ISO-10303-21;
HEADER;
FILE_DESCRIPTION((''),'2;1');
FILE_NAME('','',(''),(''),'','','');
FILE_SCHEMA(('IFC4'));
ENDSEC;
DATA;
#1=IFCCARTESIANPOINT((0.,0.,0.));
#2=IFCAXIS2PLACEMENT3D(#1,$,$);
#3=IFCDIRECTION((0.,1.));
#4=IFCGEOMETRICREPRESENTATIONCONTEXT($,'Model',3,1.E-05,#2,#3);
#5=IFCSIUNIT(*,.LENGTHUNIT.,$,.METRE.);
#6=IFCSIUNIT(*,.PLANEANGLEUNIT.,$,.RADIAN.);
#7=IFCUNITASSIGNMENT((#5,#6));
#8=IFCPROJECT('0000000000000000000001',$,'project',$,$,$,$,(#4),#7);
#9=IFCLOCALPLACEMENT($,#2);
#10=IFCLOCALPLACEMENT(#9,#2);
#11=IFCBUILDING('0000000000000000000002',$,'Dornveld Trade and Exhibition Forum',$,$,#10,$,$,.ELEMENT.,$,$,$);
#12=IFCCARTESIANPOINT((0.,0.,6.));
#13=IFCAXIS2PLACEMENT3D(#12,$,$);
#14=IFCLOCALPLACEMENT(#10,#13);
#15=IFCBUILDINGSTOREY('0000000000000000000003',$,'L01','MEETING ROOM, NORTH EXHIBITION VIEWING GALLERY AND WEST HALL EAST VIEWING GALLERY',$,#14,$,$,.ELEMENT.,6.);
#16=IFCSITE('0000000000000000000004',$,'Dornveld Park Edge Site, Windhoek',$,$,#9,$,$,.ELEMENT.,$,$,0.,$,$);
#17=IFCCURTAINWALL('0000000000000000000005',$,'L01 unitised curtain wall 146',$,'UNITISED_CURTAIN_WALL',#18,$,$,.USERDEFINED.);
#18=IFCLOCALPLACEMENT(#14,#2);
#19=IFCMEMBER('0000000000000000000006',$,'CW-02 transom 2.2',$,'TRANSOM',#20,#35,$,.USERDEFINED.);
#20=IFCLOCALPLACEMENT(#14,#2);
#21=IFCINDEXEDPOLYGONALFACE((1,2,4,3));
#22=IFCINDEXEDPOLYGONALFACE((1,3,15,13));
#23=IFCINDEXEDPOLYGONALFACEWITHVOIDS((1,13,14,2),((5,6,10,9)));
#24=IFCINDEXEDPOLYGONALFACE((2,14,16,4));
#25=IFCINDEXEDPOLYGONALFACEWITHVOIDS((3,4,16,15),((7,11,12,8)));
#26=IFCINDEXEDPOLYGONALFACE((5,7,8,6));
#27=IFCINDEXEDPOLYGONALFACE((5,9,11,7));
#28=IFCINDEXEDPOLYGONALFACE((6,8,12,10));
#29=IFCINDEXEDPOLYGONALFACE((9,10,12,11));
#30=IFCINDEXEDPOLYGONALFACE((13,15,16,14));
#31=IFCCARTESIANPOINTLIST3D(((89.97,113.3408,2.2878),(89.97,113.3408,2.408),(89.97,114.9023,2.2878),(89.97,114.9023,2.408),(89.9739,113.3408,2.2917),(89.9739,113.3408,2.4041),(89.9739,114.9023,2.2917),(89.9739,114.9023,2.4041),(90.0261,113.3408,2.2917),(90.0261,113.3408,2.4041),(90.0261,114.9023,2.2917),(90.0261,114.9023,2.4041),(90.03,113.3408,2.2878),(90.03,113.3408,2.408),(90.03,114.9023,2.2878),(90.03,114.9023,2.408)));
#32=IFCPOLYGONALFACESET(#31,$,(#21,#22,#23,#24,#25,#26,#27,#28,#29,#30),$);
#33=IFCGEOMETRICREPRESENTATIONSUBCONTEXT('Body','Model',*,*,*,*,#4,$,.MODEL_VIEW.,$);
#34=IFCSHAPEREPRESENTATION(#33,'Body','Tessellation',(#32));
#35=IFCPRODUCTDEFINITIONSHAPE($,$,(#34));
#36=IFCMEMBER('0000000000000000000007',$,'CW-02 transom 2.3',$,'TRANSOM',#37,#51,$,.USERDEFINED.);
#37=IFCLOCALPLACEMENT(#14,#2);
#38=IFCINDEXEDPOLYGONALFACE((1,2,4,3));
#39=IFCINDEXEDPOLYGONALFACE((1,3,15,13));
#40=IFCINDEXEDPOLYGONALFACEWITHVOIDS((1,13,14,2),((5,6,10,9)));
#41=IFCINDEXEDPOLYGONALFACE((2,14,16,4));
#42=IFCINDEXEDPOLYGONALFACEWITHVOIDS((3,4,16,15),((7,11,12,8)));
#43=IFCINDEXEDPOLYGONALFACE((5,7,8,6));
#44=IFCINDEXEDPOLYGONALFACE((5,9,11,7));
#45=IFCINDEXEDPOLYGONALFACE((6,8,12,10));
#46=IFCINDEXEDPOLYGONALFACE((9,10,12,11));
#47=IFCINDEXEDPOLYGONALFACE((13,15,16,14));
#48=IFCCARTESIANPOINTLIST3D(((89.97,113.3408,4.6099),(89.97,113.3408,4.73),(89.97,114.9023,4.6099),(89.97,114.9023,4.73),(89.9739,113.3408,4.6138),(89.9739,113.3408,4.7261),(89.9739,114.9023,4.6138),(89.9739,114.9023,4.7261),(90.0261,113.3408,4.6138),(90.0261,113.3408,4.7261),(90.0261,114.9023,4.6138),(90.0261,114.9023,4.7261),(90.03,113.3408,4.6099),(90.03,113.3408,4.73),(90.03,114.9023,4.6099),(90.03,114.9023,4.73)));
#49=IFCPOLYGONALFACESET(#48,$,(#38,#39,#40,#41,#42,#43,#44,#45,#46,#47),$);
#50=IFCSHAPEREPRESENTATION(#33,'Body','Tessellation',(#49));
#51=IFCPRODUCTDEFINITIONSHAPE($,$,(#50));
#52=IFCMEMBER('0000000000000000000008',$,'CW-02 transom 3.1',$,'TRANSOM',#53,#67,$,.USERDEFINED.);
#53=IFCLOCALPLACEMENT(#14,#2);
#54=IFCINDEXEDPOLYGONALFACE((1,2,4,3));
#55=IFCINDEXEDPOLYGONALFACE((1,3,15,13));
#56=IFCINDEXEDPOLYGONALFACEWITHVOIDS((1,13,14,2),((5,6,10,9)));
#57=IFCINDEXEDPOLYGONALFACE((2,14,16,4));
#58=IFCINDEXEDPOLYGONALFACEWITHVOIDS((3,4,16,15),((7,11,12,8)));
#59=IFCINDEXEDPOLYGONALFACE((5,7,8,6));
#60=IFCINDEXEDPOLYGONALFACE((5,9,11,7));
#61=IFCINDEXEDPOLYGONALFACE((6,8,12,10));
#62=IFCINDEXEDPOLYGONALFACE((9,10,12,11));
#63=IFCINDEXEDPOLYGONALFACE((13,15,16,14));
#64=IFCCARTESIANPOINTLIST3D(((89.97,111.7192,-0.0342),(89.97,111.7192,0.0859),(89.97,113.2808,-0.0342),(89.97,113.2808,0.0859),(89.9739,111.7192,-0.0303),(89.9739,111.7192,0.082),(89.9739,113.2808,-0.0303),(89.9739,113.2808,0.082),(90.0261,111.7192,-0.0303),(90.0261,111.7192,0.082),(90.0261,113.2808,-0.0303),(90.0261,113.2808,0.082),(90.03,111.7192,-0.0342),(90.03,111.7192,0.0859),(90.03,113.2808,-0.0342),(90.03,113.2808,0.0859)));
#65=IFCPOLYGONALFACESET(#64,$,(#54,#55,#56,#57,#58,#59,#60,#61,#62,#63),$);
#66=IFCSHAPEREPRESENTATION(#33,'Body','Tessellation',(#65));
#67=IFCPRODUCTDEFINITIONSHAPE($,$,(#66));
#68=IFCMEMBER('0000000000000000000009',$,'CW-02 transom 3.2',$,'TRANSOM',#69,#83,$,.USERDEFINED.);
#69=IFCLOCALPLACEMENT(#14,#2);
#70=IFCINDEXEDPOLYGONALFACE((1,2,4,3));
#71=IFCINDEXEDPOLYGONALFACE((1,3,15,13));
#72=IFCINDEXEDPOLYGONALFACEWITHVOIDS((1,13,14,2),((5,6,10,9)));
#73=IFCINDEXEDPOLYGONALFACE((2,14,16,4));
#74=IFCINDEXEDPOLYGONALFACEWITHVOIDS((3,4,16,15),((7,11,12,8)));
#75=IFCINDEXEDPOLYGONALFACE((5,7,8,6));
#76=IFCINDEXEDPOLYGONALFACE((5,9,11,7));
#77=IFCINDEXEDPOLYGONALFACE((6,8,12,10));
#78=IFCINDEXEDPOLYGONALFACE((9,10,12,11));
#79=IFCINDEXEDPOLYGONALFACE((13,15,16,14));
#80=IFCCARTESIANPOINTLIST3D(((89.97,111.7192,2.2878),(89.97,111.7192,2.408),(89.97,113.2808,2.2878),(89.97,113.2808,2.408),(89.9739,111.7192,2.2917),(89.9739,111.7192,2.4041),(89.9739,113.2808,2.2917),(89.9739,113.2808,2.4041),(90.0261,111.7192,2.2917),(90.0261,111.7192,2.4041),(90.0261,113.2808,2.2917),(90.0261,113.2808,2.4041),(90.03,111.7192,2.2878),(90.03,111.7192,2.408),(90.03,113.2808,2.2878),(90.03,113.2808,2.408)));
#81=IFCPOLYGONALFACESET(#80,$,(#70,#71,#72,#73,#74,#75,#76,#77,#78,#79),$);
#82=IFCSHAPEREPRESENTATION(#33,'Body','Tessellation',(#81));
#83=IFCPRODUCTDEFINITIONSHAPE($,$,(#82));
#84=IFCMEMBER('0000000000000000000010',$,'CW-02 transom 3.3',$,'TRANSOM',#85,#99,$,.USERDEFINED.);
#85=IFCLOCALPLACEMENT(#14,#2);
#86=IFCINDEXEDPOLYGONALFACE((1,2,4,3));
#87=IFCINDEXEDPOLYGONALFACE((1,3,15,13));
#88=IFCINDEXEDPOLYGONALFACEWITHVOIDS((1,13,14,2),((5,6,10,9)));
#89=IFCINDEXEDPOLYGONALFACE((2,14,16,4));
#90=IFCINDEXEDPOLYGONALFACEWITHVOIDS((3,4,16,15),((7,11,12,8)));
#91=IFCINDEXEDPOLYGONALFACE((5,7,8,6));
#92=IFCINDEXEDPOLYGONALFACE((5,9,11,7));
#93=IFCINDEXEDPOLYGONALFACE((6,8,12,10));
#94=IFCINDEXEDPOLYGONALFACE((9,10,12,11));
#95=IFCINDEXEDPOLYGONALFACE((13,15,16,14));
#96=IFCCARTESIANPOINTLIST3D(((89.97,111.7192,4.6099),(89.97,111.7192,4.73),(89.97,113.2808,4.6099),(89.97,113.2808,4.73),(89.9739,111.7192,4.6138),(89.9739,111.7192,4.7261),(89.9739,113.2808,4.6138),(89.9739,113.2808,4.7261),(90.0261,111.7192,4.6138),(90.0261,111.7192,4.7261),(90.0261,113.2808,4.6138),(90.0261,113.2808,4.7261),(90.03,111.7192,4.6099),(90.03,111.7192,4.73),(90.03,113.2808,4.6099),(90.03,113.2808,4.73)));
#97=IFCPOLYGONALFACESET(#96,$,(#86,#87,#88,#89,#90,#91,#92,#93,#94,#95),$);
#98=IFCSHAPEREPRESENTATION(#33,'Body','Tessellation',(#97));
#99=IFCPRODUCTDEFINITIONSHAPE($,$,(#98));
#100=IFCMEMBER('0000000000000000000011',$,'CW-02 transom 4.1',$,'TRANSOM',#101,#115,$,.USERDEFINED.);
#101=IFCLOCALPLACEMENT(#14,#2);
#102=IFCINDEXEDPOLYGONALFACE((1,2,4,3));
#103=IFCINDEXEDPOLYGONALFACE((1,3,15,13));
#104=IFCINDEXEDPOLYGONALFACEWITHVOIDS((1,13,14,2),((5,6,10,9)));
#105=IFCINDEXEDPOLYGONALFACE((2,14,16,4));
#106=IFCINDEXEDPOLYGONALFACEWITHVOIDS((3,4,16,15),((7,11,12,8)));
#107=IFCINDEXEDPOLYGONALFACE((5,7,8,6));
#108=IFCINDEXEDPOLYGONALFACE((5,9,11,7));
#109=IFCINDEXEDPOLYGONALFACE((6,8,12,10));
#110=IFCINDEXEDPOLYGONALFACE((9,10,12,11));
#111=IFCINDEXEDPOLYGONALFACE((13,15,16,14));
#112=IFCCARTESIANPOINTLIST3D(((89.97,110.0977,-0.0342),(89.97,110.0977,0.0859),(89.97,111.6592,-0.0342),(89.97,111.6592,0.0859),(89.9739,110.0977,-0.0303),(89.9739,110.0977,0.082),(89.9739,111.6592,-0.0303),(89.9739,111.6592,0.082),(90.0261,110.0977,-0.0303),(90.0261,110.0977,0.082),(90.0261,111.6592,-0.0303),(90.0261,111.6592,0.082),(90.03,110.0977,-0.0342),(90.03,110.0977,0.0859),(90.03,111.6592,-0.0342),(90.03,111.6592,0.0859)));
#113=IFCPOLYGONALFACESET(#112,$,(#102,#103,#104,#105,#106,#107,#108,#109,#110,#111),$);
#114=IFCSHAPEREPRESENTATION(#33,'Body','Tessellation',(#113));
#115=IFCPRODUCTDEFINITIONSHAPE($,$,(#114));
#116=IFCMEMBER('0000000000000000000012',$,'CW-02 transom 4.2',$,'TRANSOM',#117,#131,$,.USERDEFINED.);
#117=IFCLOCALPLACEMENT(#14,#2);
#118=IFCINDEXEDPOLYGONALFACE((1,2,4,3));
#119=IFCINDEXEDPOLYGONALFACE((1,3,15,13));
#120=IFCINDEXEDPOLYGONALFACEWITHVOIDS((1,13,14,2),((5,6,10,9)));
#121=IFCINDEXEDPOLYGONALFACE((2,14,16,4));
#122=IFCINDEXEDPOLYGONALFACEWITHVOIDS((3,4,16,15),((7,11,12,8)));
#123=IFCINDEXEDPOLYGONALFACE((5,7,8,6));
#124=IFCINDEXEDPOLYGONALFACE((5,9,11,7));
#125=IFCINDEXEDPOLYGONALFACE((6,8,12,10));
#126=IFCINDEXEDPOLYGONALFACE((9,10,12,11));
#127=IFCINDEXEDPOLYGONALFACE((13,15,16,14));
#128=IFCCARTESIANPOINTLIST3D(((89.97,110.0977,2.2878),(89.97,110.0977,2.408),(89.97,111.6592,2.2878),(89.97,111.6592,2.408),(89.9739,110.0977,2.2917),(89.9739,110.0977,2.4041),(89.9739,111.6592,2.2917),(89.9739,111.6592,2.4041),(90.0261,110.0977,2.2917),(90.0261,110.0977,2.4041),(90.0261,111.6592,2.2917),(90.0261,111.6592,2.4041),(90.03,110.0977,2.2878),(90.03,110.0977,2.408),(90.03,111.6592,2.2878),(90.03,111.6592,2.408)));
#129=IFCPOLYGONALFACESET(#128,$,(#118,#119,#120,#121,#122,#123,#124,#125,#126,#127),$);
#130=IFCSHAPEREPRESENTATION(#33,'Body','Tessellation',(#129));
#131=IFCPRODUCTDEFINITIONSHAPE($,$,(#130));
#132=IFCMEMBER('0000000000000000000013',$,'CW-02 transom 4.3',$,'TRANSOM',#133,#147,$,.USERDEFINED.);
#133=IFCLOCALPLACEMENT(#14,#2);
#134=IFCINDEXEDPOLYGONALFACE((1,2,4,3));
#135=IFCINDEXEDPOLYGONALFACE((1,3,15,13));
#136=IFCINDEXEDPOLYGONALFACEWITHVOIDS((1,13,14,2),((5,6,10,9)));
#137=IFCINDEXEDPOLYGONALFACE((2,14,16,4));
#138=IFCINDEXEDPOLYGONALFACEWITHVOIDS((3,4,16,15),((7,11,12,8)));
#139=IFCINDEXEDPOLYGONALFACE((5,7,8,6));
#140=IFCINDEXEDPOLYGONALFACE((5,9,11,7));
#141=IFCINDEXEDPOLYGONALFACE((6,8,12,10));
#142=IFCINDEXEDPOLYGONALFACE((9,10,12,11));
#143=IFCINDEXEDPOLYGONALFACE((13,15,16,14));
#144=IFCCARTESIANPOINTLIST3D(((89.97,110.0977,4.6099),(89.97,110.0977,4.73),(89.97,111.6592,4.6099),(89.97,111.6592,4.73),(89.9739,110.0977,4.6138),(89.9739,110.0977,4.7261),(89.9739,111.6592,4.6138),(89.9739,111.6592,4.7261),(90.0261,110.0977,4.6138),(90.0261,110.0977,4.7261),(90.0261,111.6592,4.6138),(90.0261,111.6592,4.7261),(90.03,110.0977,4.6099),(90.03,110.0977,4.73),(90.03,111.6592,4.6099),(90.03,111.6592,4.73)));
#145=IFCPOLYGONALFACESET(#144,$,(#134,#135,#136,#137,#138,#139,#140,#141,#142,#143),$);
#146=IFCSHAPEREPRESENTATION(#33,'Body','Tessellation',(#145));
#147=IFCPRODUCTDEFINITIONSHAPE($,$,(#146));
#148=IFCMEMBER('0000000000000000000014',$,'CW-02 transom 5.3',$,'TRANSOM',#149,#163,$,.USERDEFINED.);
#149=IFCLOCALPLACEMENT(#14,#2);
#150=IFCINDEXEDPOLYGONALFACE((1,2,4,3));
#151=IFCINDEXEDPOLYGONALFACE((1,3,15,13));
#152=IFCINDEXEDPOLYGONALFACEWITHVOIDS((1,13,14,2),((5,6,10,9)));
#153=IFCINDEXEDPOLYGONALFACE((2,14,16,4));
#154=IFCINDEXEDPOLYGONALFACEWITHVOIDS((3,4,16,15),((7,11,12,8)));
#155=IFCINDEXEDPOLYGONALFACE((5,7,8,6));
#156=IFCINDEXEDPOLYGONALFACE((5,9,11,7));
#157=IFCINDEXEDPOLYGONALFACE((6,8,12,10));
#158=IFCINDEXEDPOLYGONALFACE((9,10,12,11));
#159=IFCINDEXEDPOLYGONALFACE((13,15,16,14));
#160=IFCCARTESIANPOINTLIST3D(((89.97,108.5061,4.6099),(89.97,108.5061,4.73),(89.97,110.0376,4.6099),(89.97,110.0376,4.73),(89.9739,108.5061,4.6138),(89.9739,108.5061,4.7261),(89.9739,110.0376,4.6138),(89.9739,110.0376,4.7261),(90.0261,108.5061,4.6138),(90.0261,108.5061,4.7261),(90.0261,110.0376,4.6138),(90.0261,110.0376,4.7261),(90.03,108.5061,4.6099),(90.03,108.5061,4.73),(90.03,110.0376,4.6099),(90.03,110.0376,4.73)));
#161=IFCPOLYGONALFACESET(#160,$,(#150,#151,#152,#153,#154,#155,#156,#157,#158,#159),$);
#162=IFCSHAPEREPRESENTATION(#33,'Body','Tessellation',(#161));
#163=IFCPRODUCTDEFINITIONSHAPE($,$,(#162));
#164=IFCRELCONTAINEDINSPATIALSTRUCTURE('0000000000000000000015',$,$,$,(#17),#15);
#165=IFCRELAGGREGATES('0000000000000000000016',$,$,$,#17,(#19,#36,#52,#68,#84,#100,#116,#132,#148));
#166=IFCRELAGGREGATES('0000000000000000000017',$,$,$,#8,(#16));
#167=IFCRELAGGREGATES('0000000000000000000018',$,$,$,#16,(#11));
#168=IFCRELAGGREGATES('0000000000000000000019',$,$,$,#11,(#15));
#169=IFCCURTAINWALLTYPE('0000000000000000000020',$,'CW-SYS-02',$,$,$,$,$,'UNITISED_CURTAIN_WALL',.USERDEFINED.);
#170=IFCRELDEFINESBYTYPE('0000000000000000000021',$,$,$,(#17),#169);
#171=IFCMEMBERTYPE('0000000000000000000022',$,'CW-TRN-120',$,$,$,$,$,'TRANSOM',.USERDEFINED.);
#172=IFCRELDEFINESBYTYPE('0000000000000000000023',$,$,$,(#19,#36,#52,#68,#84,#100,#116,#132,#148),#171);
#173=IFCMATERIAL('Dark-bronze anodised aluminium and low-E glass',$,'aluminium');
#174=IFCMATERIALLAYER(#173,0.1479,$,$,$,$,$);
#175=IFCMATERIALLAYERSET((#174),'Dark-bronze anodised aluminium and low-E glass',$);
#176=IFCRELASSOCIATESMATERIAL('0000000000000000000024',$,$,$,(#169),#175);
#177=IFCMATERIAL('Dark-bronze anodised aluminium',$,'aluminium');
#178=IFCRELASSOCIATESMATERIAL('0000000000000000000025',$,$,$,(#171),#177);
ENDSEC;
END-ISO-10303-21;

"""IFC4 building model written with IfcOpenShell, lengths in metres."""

from ifc_helpers import new_model, si_unit, direction, frame, origin, origin_2d, place, context, subcontext, project, spatial, hollow_rectangle, extrude, material, layer, layer_set, material_profile, profile_set, type_object, element, aggregate, save


model = new_model("IFC4")

# Units and contexts
model_context = context("Model", 3, precision=1e-05, world=origin(), true_north=direction((0.0, 1.0)))
body_context = subcontext(model_context, "Body", "Model", "MODEL_VIEW")
ifc_project = project(units=[si_unit("LENGTHUNIT", "METRE"), si_unit("PLANEANGLEUNIT", "RADIAN")], contexts=[model_context])

# Site, building, storey
site_placement = place(None, origin())
site = spatial("IfcSite", under=ifc_project, at=site_placement, Name="Dornveld Park Edge Site, Windhoek", CompositionType="ELEMENT", RefElevation=0.0)
building_placement = place(site_placement, origin())
building = spatial("IfcBuilding", under=site, at=building_placement, Name="Dornveld Trade and Exhibition Forum", CompositionType="ELEMENT")
storey_placement = place(building_placement, frame((0.0, 0.0, 6.0)))
storey = spatial("IfcBuildingStorey", under=building, at=storey_placement, Name="L01", Description="MEETING ROOM, NORTH EXHIBITION VIEWING GALLERY AND WEST HALL EAST VIEWING GALLERY", CompositionType="ELEMENT", Elevation=6.0)

# Curtain wall, members
ifc_material_1 = material(Name="Dark-bronze anodised aluminium and low-E glass", Category="aluminium")
ifc_layer_1 = layer(ifc_material_1, 0.1479)
ifc_layer_set_1 = layer_set([ifc_layer_1], Name="Dark-bronze anodised aluminium and low-E glass")
curtain_wall_type = type_object("IfcCurtainWallType", Name="CW-SYS-02", ElementType="UNITISED_CURTAIN_WALL", PredefinedType="USERDEFINED", material=ifc_layer_set_1)
curtain_wall_placement = place(storey_placement, origin())
curtain_wall = element("IfcCurtainWall", 1, at=curtain_wall_placement, inside=storey, type_object=curtain_wall_type, Name="L01 unitised curtain wall 146", ObjectType="UNITISED_CURTAIN_WALL", PredefinedType="USERDEFINED")
ifc_material_2 = material(Name="Dark-bronze anodised aluminium", Category="aluminium")
ifc_material_profile_1 = material_profile(ifc_material_2, hollow_rectangle(XDim=0.0601, YDim=0.1201, WallThickness=0.0039, at=origin_2d()), Name="RHS 120x60x4")
ifc_profile_set_1 = profile_set([ifc_material_profile_1], Name="Dark-bronze anodised aluminium")
member_type_1 = type_object("IfcMemberType", Name="CW-TRN-120", ElementType="TRANSOM", PredefinedType="USERDEFINED", material=ifc_profile_set_1)
member_1_placement = place(storey_placement, frame((90.0, 114.9023, 2.3479), z_axis=(0.0, -1.0, 0.0), x_axis=(1.0, 0.0, 0.0)))
member_1 = element("IfcMember", 2, at=member_1_placement, type_object=member_type_1, Name="CW-02 transom 2.2", ObjectType="TRANSOM", PredefinedType="USERDEFINED", context=body_context, shape_type="SweptSolid", body=[
    extrude(hollow_rectangle(XDim=0.0601, YDim=0.1201, WallThickness=0.0039, at=origin_2d()), origin(), (0.0, 0.0, 1.0), 1.5615),
])
member_2_placement = place(storey_placement, frame((90.0, 114.9023, 4.6699), z_axis=(0.0, -1.0, 0.0), x_axis=(1.0, 0.0, 0.0)))
member_2 = element("IfcMember", 3, at=member_2_placement, type_object=member_type_1, Name="CW-02 transom 2.3", ObjectType="TRANSOM", PredefinedType="USERDEFINED", context=body_context, shape_type="SweptSolid", body=[
    extrude(hollow_rectangle(XDim=0.0601, YDim=0.1201, WallThickness=0.0039, at=origin_2d()), origin(), (0.0, 0.0, 1.0), 1.5615),
])
member_3_placement = place(storey_placement, frame((90.0, 113.2808, 0.0259), z_axis=(0.0, -1.0, 0.0), x_axis=(1.0, 0.0, 0.0)))
member_3 = element("IfcMember", 4, at=member_3_placement, type_object=member_type_1, Name="CW-02 transom 3.1", ObjectType="TRANSOM", PredefinedType="USERDEFINED", context=body_context, shape_type="SweptSolid", body=[
    extrude(hollow_rectangle(XDim=0.0601, YDim=0.1201, WallThickness=0.0039, at=origin_2d()), origin(), (0.0, 0.0, 1.0), 1.5615),
])
member_4_placement = place(storey_placement, frame((90.0, 113.2808, 2.3479), z_axis=(0.0, -1.0, 0.0), x_axis=(1.0, 0.0, 0.0)))
member_4 = element("IfcMember", 5, at=member_4_placement, type_object=member_type_1, Name="CW-02 transom 3.2", ObjectType="TRANSOM", PredefinedType="USERDEFINED", context=body_context, shape_type="SweptSolid", body=[
    extrude(hollow_rectangle(XDim=0.0601, YDim=0.1201, WallThickness=0.0039, at=origin_2d()), origin(), (0.0, 0.0, 1.0), 1.5615),
])
member_5_placement = place(storey_placement, frame((90.0, 113.2808, 4.6699), z_axis=(0.0, -1.0, 0.0), x_axis=(1.0, 0.0, 0.0)))
member_5 = element("IfcMember", 6, at=member_5_placement, type_object=member_type_1, Name="CW-02 transom 3.3", ObjectType="TRANSOM", PredefinedType="USERDEFINED", context=body_context, shape_type="SweptSolid", body=[
    extrude(hollow_rectangle(XDim=0.0601, YDim=0.1201, WallThickness=0.0039, at=origin_2d()), origin(), (0.0, 0.0, 1.0), 1.5615),
])
member_6_placement = place(storey_placement, frame((90.0, 111.6592, 0.0259), z_axis=(0.0, -1.0, 0.0), x_axis=(1.0, 0.0, 0.0)))
member_6 = element("IfcMember", 7, at=member_6_placement, type_object=member_type_1, Name="CW-02 transom 4.1", ObjectType="TRANSOM", PredefinedType="USERDEFINED", context=body_context, shape_type="SweptSolid", body=[
    extrude(hollow_rectangle(XDim=0.0601, YDim=0.1201, WallThickness=0.0039, at=origin_2d()), origin(), (0.0, 0.0, 1.0), 1.5615),
])
member_7_placement = place(storey_placement, frame((90.0, 111.6592, 2.3479), z_axis=(0.0, -1.0, 0.0), x_axis=(1.0, 0.0, 0.0)))
member_7 = element("IfcMember", 8, at=member_7_placement, type_object=member_type_1, Name="CW-02 transom 4.2", ObjectType="TRANSOM", PredefinedType="USERDEFINED", context=body_context, shape_type="SweptSolid", body=[
    extrude(hollow_rectangle(XDim=0.0601, YDim=0.1201, WallThickness=0.0039, at=origin_2d()), origin(), (0.0, 0.0, 1.0), 1.5615),
])
member_8_placement = place(storey_placement, frame((90.0, 111.6592, 4.6699), z_axis=(0.0, -1.0, 0.0), x_axis=(1.0, 0.0, 0.0)))
member_8 = element("IfcMember", 9, at=member_8_placement, type_object=member_type_1, Name="CW-02 transom 4.3", ObjectType="TRANSOM", PredefinedType="USERDEFINED", context=body_context, shape_type="SweptSolid", body=[
    extrude(hollow_rectangle(XDim=0.0601, YDim=0.1201, WallThickness=0.0039, at=origin_2d()), origin(), (0.0, 0.0, 1.0), 1.5615),
])
member_9_placement = place(storey_placement, frame((90.0, 110.0376, 4.6699), z_axis=(0.0, -1.0, 0.0), x_axis=(1.0, 0.0, 0.0)))
member_9 = element("IfcMember", 10, at=member_9_placement, type_object=member_type_1, Name="CW-02 transom 5.3", ObjectType="TRANSOM", PredefinedType="USERDEFINED", context=body_context, shape_type="SweptSolid", body=[
    extrude(hollow_rectangle(XDim=0.0601, YDim=0.1201, WallThickness=0.0039, at=origin_2d()), origin(), (0.0, 0.0, 1.0), 1.5315),
])

aggregate(curtain_wall, [member_1, member_2, member_3, member_4, member_5, member_6, member_7, member_8, member_9])

save(model, "model.ifc")
